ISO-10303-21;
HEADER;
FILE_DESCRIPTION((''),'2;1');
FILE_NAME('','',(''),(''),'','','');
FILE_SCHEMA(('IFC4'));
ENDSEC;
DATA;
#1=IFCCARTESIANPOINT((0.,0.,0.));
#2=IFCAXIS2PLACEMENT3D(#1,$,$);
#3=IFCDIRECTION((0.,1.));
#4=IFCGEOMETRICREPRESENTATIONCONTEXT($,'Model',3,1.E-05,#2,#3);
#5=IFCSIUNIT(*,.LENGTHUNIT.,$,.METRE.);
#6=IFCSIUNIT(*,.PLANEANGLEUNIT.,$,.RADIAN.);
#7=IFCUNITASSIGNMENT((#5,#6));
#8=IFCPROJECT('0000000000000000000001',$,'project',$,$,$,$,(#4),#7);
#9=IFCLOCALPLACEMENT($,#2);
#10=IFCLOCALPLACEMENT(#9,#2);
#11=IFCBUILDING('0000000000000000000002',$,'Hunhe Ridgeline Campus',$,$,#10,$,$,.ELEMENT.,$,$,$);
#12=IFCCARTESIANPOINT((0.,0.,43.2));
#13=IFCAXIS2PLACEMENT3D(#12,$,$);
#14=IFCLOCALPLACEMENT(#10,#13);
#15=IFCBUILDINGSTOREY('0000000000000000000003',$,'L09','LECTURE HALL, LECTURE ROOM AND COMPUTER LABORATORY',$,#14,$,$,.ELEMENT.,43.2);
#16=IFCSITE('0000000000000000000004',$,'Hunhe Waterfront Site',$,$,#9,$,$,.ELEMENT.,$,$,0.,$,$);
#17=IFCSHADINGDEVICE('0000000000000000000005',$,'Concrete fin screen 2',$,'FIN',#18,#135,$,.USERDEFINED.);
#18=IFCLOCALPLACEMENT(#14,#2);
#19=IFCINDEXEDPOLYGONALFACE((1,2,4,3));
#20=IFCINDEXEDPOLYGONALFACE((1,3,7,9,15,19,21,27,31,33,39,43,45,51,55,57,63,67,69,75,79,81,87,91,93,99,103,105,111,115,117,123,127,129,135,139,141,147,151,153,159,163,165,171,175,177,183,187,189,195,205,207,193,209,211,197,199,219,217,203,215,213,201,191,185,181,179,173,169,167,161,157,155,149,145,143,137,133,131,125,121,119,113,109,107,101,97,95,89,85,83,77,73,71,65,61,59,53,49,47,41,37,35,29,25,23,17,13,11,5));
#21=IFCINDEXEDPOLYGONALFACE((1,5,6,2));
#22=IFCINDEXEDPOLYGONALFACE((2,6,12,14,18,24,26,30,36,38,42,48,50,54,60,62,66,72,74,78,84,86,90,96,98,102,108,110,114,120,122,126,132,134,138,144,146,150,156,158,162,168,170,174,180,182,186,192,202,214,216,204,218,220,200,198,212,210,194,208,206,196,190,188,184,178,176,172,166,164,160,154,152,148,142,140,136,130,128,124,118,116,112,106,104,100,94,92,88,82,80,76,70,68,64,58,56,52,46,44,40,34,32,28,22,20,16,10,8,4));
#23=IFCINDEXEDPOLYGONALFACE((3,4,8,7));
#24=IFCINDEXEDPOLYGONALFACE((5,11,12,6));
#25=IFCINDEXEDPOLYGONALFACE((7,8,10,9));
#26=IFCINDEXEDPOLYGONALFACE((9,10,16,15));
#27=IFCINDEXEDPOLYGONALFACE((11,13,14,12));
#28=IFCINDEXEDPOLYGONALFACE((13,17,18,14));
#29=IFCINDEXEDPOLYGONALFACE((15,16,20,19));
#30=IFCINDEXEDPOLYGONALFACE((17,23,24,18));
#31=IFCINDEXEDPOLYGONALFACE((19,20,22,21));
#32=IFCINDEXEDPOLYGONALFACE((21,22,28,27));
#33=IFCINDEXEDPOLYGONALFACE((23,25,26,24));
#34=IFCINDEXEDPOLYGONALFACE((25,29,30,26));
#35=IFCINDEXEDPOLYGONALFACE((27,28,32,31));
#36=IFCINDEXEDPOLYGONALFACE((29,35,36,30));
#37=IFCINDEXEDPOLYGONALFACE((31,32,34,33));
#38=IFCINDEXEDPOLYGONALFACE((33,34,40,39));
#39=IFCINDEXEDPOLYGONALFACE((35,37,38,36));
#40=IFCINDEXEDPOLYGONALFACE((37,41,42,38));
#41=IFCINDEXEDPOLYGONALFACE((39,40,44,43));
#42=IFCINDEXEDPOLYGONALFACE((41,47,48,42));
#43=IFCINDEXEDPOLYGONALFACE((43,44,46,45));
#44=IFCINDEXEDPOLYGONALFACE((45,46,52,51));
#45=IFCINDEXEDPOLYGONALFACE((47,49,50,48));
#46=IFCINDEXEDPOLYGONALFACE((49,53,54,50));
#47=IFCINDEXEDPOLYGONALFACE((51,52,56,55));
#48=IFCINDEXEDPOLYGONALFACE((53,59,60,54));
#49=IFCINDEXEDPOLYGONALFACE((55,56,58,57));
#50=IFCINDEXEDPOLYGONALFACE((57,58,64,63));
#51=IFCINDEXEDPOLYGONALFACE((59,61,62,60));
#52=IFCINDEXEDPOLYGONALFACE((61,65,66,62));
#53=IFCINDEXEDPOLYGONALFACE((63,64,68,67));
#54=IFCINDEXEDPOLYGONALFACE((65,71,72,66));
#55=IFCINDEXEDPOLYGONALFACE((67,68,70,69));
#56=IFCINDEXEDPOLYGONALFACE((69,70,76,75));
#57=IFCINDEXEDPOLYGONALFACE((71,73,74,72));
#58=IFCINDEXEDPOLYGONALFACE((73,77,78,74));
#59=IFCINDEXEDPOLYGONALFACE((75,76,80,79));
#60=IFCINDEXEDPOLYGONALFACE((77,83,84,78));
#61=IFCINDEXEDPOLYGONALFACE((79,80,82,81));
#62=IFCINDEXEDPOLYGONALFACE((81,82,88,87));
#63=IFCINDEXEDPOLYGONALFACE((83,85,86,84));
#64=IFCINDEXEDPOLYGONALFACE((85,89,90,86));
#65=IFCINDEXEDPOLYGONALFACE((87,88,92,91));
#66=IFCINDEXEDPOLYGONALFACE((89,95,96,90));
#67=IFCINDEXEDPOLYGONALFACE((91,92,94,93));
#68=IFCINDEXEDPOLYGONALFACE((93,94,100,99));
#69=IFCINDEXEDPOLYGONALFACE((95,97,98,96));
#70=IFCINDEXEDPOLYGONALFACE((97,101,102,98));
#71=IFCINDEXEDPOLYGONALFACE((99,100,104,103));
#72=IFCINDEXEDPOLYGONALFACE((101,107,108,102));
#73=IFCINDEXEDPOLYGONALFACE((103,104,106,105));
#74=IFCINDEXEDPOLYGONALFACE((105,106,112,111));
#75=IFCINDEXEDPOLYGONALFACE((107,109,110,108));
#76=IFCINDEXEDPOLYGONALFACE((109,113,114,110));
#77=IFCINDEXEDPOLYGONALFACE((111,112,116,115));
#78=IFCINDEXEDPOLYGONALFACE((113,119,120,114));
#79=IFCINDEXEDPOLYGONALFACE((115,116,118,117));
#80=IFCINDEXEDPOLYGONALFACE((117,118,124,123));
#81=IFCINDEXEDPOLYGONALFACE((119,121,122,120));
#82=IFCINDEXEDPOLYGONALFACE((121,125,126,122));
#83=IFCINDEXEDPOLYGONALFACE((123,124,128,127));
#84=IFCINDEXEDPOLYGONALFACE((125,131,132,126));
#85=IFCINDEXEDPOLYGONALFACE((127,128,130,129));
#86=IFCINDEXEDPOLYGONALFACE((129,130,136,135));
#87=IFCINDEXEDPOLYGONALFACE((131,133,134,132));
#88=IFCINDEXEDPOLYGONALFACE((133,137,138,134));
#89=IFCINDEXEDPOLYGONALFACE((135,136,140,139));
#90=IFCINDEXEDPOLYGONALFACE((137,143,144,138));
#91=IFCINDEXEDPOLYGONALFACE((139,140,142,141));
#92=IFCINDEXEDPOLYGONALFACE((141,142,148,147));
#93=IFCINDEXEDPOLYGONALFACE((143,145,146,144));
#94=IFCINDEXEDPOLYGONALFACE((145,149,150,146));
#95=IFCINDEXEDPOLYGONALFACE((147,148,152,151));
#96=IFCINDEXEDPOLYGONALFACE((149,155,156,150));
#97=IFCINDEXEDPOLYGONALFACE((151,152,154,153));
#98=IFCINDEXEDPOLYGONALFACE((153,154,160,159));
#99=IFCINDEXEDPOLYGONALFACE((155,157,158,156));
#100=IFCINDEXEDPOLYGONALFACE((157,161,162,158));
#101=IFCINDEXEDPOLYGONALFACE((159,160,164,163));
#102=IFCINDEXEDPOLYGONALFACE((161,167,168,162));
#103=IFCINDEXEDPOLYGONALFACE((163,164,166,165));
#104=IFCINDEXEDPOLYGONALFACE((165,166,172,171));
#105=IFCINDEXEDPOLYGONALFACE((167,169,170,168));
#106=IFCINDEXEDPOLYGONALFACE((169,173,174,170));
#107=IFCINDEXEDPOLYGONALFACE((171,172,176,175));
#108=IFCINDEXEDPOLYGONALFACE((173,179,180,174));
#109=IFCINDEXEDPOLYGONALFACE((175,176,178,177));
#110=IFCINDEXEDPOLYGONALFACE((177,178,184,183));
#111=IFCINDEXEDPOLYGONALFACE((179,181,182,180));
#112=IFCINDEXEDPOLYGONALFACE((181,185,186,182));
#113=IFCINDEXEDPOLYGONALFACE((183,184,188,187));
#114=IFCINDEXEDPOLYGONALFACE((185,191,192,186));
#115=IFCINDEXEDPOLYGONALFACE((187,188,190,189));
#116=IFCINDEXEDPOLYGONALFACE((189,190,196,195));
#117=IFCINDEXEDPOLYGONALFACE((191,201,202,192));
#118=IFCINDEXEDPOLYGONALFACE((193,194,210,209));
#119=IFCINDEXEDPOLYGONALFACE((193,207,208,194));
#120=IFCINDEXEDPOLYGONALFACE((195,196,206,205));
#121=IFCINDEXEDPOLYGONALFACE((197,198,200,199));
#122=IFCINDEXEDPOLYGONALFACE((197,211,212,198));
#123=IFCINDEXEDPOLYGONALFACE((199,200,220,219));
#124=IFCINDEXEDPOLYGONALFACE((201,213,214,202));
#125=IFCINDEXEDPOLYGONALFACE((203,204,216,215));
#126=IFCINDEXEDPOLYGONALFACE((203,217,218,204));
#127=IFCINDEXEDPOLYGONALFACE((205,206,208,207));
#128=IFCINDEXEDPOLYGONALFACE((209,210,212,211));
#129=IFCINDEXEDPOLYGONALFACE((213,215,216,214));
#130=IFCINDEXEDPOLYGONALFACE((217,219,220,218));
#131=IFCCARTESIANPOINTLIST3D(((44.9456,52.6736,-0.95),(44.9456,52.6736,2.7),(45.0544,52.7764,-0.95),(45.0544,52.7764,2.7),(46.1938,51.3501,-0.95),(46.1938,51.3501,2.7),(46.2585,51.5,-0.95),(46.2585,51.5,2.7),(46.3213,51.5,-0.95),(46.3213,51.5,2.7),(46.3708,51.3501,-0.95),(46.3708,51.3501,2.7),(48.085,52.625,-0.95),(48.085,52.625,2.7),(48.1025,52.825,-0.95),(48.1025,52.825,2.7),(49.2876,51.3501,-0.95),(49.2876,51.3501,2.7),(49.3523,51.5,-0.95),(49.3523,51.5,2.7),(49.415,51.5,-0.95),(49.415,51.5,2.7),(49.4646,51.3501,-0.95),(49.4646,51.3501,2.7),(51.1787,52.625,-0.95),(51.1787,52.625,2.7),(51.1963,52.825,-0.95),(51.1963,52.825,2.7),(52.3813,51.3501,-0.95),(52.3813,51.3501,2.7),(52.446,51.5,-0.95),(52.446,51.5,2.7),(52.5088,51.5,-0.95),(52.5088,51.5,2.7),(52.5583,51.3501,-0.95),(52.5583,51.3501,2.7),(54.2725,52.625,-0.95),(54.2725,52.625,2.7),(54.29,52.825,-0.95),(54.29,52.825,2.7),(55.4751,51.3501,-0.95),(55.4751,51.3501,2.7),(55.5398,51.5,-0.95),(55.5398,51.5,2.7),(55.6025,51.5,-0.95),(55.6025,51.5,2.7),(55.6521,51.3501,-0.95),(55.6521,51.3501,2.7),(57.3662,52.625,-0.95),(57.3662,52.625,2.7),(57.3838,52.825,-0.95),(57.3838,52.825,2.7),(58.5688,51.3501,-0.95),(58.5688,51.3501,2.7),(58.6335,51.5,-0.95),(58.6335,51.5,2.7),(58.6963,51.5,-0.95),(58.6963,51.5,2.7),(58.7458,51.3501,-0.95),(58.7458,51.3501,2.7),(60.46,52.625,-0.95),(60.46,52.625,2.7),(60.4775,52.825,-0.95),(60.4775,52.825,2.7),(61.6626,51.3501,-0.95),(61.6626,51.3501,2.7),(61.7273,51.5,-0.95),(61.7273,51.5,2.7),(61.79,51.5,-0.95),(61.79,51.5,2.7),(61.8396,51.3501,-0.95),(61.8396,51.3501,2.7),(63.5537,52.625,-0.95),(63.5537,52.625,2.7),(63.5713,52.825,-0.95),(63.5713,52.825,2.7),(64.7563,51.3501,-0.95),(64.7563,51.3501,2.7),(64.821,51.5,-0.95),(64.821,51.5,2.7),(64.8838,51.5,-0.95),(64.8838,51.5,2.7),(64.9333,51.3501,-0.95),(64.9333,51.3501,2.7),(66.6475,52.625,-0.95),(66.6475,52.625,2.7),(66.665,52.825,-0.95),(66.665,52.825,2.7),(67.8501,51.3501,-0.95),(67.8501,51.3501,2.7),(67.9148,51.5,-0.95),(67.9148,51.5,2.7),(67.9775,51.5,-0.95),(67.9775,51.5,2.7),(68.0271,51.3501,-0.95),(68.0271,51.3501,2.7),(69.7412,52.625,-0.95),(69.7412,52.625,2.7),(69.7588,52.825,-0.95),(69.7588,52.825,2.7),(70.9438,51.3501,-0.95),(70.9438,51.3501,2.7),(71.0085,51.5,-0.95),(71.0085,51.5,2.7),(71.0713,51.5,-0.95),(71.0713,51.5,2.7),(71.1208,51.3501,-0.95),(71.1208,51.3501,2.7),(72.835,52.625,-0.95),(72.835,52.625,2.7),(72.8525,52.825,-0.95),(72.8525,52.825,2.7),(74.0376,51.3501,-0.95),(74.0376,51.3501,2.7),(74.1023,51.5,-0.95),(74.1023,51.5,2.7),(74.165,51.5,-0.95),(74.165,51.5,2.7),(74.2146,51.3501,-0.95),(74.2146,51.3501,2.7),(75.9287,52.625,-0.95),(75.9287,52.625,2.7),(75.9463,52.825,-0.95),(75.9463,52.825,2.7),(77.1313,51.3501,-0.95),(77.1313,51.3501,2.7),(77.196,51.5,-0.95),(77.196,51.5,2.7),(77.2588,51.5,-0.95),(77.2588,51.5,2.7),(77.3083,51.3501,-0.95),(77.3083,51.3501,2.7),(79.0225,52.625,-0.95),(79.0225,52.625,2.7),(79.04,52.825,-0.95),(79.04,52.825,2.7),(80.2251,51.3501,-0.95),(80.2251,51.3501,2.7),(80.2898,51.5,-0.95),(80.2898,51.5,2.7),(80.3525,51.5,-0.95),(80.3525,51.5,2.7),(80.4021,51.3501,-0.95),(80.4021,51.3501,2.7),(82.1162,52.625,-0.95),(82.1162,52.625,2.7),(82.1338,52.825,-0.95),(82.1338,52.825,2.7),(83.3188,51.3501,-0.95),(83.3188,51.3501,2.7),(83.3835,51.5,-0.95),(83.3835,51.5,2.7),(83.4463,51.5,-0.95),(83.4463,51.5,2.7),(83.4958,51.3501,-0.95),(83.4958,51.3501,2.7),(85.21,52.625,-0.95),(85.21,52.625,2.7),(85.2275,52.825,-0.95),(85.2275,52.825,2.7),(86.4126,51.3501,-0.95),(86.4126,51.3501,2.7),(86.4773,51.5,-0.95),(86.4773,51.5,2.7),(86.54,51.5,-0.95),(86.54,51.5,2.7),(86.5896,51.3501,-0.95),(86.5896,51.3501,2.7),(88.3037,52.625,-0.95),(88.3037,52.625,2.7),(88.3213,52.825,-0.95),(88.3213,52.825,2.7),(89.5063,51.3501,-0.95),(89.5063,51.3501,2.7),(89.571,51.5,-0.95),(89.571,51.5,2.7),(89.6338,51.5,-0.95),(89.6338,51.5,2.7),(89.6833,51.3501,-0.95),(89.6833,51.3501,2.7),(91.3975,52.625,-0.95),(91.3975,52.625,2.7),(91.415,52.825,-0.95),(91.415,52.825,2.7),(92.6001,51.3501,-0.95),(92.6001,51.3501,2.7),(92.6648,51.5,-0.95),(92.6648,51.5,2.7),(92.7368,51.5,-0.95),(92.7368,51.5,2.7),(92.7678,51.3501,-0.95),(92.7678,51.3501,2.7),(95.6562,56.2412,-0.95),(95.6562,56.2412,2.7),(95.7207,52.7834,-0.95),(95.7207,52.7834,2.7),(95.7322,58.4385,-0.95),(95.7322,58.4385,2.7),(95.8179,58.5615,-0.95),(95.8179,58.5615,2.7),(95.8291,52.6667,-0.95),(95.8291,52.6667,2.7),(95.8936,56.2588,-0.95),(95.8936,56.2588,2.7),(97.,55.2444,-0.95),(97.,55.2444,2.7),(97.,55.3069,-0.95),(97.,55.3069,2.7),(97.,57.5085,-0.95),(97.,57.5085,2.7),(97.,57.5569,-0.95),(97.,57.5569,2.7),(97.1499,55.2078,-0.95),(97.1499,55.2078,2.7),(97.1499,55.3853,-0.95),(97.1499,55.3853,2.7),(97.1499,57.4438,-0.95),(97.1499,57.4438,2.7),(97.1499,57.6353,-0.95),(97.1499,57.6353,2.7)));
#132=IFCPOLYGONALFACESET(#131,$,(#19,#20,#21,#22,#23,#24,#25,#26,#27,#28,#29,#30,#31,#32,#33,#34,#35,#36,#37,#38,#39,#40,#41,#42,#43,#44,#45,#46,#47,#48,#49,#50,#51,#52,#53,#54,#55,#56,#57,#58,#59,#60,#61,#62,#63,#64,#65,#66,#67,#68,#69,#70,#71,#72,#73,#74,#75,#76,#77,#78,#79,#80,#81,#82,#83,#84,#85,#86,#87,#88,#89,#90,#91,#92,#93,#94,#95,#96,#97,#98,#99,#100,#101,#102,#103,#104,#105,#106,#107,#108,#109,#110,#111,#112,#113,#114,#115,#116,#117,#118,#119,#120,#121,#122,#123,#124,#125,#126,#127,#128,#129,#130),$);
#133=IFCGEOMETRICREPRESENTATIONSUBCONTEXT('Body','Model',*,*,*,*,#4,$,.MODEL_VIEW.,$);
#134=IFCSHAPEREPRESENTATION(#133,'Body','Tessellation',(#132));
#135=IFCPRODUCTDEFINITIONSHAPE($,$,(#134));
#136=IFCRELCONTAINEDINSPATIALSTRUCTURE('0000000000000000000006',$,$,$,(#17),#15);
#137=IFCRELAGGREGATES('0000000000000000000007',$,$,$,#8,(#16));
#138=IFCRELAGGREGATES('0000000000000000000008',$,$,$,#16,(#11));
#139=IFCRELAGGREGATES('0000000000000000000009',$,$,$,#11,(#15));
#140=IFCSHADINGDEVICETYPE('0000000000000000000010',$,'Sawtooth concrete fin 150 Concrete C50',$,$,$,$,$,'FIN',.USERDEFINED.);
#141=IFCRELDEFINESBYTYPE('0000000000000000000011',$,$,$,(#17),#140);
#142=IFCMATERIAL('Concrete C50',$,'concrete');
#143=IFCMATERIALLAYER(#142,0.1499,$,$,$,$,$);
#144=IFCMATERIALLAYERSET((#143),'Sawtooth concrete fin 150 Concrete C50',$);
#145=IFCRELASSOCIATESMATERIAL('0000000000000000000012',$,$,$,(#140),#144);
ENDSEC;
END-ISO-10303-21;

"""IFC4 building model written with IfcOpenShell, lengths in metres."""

from ifc_helpers import new_model, si_unit, direction, frame, origin, place, context, subcontext, project, spatial, polyline, outline, extrude, material, layer, layer_set, type_object, element, save


model = new_model("IFC4")

# Units and contexts
model_context = context("Model", 3, precision=1e-05, world=origin(), true_north=direction((0.0, 1.0)))
body_context = subcontext(model_context, "Body", "Model", "MODEL_VIEW")
ifc_project = project(units=[si_unit("LENGTHUNIT", "METRE"), si_unit("PLANEANGLEUNIT", "RADIAN")], contexts=[model_context])

# Site, building, storey
site_placement = place(None, origin())
site = spatial("IfcSite", under=ifc_project, at=site_placement, Name="Hunhe Waterfront Site", CompositionType="ELEMENT", RefElevation=0.0)
building_placement = place(site_placement, origin())
building = spatial("IfcBuilding", under=site, at=building_placement, Name="Hunhe Ridgeline Campus", CompositionType="ELEMENT")
storey_placement = place(building_placement, frame((0.0, 0.0, 43.2)))
storey = spatial("IfcBuildingStorey", under=building, at=storey_placement, Name="L09", Description="LECTURE HALL, LECTURE ROOM AND COMPUTER LABORATORY", CompositionType="ELEMENT", Elevation=43.2)

# Shading device
ifc_material_1 = material(Name="Concrete C50", Category="concrete")
ifc_layer_1 = layer(ifc_material_1, 0.1499)
ifc_layer_set_1 = layer_set([ifc_layer_1], Name="Sawtooth concrete fin 150 Concrete C50")
shading_device_type = type_object("IfcShadingDeviceType", Name="Sawtooth concrete fin 150 Concrete C50", ElementType="FIN", PredefinedType="USERDEFINED", material=ifc_layer_set_1)
shading_device_1_placement = place(storey_placement, frame((0.0, 0.0, -0.95)))
element("IfcShadingDevice", 1, at=shading_device_1_placement, inside=storey, type_object=shading_device_type, Name="Concrete fin screen 2", ObjectType="FIN", PredefinedType="USERDEFINED", context=body_context, shape_type="SweptSolid", body=[
    extrude(outline(polyline([(45.0544, 52.7764), (44.9456, 52.6736), (46.1938, 51.3501), (46.3708, 51.3501), (48.085, 52.625), (49.2876, 51.3501), (49.4646, 51.3501), (51.1787, 52.625), (52.3813, 51.3501), (52.5583, 51.3501), (54.2725, 52.625), (55.4751, 51.3501), (55.6521, 51.3501), (57.3662, 52.625), (58.5688, 51.3501), (58.7458, 51.3501), (60.46, 52.625), (61.6626, 51.3501), (61.8396, 51.3501), (63.5537, 52.625), (64.7563, 51.3501), (64.9333, 51.3501), (66.6475, 52.625), (67.8501, 51.3501), (68.0271, 51.3501), (69.7412, 52.625), (70.9438, 51.3501), (71.1208, 51.3501), (72.835, 52.625), (74.0376, 51.3501), (74.2146, 51.3501), (75.9287, 52.625), (77.1313, 51.3501), (77.3083, 51.3501), (79.0225, 52.625), (80.2251, 51.3501), (80.4021, 51.3501), (82.1162, 52.625), (83.3188, 51.3501), (83.4958, 51.3501), (85.21, 52.625), (86.4126, 51.3501), (86.5896, 51.3501), (88.3037, 52.625), (89.5063, 51.3501), (89.6833, 51.3501), (91.3975, 52.625), (92.6001, 51.3501), (92.7678, 51.3501), (95.8291, 52.6667), (97.1499, 55.2078), (97.1499, 55.3853), (95.8936, 56.2588), (97.1499, 57.4438), (97.1499, 57.6353), (95.8179, 58.5615), (95.7322, 58.4385), (97.0, 57.5569), (97.0, 57.5085), (95.6562, 56.2412), (97.0, 55.3069), (97.0, 55.2444), (95.7207, 52.7834), (92.7368, 51.5), (92.6648, 51.5), (91.415, 52.825), (89.6338, 51.5), (89.571, 51.5), (88.3213, 52.825), (86.54, 51.5), (86.4773, 51.5), (85.2275, 52.825), (83.4463, 51.5), (83.3835, 51.5), (82.1338, 52.825), (80.3525, 51.5), (80.2898, 51.5), (79.04, 52.825), (77.2588, 51.5), (77.196, 51.5), (75.9463, 52.825), (74.165, 51.5), (74.1023, 51.5), (72.8525, 52.825), (71.0713, 51.5), (71.0085, 51.5), (69.7588, 52.825), (67.9775, 51.5), (67.9148, 51.5), (66.665, 52.825), (64.8838, 51.5), (64.821, 51.5), (63.5713, 52.825), (61.79, 51.5), (61.7273, 51.5), (60.4775, 52.825), (58.6963, 51.5), (58.6335, 51.5), (57.3838, 52.825), (55.6025, 51.5), (55.5398, 51.5), (54.29, 52.825), (52.5088, 51.5), (52.446, 51.5), (51.1963, 52.825), (49.415, 51.5), (49.3523, 51.5), (48.1025, 52.825), (46.3213, 51.5), (46.2585, 51.5), (45.0544, 52.7764)])), origin(), (0.0, 0.0, 1.0), 3.6499),
])

save(model, "model.ifc")
